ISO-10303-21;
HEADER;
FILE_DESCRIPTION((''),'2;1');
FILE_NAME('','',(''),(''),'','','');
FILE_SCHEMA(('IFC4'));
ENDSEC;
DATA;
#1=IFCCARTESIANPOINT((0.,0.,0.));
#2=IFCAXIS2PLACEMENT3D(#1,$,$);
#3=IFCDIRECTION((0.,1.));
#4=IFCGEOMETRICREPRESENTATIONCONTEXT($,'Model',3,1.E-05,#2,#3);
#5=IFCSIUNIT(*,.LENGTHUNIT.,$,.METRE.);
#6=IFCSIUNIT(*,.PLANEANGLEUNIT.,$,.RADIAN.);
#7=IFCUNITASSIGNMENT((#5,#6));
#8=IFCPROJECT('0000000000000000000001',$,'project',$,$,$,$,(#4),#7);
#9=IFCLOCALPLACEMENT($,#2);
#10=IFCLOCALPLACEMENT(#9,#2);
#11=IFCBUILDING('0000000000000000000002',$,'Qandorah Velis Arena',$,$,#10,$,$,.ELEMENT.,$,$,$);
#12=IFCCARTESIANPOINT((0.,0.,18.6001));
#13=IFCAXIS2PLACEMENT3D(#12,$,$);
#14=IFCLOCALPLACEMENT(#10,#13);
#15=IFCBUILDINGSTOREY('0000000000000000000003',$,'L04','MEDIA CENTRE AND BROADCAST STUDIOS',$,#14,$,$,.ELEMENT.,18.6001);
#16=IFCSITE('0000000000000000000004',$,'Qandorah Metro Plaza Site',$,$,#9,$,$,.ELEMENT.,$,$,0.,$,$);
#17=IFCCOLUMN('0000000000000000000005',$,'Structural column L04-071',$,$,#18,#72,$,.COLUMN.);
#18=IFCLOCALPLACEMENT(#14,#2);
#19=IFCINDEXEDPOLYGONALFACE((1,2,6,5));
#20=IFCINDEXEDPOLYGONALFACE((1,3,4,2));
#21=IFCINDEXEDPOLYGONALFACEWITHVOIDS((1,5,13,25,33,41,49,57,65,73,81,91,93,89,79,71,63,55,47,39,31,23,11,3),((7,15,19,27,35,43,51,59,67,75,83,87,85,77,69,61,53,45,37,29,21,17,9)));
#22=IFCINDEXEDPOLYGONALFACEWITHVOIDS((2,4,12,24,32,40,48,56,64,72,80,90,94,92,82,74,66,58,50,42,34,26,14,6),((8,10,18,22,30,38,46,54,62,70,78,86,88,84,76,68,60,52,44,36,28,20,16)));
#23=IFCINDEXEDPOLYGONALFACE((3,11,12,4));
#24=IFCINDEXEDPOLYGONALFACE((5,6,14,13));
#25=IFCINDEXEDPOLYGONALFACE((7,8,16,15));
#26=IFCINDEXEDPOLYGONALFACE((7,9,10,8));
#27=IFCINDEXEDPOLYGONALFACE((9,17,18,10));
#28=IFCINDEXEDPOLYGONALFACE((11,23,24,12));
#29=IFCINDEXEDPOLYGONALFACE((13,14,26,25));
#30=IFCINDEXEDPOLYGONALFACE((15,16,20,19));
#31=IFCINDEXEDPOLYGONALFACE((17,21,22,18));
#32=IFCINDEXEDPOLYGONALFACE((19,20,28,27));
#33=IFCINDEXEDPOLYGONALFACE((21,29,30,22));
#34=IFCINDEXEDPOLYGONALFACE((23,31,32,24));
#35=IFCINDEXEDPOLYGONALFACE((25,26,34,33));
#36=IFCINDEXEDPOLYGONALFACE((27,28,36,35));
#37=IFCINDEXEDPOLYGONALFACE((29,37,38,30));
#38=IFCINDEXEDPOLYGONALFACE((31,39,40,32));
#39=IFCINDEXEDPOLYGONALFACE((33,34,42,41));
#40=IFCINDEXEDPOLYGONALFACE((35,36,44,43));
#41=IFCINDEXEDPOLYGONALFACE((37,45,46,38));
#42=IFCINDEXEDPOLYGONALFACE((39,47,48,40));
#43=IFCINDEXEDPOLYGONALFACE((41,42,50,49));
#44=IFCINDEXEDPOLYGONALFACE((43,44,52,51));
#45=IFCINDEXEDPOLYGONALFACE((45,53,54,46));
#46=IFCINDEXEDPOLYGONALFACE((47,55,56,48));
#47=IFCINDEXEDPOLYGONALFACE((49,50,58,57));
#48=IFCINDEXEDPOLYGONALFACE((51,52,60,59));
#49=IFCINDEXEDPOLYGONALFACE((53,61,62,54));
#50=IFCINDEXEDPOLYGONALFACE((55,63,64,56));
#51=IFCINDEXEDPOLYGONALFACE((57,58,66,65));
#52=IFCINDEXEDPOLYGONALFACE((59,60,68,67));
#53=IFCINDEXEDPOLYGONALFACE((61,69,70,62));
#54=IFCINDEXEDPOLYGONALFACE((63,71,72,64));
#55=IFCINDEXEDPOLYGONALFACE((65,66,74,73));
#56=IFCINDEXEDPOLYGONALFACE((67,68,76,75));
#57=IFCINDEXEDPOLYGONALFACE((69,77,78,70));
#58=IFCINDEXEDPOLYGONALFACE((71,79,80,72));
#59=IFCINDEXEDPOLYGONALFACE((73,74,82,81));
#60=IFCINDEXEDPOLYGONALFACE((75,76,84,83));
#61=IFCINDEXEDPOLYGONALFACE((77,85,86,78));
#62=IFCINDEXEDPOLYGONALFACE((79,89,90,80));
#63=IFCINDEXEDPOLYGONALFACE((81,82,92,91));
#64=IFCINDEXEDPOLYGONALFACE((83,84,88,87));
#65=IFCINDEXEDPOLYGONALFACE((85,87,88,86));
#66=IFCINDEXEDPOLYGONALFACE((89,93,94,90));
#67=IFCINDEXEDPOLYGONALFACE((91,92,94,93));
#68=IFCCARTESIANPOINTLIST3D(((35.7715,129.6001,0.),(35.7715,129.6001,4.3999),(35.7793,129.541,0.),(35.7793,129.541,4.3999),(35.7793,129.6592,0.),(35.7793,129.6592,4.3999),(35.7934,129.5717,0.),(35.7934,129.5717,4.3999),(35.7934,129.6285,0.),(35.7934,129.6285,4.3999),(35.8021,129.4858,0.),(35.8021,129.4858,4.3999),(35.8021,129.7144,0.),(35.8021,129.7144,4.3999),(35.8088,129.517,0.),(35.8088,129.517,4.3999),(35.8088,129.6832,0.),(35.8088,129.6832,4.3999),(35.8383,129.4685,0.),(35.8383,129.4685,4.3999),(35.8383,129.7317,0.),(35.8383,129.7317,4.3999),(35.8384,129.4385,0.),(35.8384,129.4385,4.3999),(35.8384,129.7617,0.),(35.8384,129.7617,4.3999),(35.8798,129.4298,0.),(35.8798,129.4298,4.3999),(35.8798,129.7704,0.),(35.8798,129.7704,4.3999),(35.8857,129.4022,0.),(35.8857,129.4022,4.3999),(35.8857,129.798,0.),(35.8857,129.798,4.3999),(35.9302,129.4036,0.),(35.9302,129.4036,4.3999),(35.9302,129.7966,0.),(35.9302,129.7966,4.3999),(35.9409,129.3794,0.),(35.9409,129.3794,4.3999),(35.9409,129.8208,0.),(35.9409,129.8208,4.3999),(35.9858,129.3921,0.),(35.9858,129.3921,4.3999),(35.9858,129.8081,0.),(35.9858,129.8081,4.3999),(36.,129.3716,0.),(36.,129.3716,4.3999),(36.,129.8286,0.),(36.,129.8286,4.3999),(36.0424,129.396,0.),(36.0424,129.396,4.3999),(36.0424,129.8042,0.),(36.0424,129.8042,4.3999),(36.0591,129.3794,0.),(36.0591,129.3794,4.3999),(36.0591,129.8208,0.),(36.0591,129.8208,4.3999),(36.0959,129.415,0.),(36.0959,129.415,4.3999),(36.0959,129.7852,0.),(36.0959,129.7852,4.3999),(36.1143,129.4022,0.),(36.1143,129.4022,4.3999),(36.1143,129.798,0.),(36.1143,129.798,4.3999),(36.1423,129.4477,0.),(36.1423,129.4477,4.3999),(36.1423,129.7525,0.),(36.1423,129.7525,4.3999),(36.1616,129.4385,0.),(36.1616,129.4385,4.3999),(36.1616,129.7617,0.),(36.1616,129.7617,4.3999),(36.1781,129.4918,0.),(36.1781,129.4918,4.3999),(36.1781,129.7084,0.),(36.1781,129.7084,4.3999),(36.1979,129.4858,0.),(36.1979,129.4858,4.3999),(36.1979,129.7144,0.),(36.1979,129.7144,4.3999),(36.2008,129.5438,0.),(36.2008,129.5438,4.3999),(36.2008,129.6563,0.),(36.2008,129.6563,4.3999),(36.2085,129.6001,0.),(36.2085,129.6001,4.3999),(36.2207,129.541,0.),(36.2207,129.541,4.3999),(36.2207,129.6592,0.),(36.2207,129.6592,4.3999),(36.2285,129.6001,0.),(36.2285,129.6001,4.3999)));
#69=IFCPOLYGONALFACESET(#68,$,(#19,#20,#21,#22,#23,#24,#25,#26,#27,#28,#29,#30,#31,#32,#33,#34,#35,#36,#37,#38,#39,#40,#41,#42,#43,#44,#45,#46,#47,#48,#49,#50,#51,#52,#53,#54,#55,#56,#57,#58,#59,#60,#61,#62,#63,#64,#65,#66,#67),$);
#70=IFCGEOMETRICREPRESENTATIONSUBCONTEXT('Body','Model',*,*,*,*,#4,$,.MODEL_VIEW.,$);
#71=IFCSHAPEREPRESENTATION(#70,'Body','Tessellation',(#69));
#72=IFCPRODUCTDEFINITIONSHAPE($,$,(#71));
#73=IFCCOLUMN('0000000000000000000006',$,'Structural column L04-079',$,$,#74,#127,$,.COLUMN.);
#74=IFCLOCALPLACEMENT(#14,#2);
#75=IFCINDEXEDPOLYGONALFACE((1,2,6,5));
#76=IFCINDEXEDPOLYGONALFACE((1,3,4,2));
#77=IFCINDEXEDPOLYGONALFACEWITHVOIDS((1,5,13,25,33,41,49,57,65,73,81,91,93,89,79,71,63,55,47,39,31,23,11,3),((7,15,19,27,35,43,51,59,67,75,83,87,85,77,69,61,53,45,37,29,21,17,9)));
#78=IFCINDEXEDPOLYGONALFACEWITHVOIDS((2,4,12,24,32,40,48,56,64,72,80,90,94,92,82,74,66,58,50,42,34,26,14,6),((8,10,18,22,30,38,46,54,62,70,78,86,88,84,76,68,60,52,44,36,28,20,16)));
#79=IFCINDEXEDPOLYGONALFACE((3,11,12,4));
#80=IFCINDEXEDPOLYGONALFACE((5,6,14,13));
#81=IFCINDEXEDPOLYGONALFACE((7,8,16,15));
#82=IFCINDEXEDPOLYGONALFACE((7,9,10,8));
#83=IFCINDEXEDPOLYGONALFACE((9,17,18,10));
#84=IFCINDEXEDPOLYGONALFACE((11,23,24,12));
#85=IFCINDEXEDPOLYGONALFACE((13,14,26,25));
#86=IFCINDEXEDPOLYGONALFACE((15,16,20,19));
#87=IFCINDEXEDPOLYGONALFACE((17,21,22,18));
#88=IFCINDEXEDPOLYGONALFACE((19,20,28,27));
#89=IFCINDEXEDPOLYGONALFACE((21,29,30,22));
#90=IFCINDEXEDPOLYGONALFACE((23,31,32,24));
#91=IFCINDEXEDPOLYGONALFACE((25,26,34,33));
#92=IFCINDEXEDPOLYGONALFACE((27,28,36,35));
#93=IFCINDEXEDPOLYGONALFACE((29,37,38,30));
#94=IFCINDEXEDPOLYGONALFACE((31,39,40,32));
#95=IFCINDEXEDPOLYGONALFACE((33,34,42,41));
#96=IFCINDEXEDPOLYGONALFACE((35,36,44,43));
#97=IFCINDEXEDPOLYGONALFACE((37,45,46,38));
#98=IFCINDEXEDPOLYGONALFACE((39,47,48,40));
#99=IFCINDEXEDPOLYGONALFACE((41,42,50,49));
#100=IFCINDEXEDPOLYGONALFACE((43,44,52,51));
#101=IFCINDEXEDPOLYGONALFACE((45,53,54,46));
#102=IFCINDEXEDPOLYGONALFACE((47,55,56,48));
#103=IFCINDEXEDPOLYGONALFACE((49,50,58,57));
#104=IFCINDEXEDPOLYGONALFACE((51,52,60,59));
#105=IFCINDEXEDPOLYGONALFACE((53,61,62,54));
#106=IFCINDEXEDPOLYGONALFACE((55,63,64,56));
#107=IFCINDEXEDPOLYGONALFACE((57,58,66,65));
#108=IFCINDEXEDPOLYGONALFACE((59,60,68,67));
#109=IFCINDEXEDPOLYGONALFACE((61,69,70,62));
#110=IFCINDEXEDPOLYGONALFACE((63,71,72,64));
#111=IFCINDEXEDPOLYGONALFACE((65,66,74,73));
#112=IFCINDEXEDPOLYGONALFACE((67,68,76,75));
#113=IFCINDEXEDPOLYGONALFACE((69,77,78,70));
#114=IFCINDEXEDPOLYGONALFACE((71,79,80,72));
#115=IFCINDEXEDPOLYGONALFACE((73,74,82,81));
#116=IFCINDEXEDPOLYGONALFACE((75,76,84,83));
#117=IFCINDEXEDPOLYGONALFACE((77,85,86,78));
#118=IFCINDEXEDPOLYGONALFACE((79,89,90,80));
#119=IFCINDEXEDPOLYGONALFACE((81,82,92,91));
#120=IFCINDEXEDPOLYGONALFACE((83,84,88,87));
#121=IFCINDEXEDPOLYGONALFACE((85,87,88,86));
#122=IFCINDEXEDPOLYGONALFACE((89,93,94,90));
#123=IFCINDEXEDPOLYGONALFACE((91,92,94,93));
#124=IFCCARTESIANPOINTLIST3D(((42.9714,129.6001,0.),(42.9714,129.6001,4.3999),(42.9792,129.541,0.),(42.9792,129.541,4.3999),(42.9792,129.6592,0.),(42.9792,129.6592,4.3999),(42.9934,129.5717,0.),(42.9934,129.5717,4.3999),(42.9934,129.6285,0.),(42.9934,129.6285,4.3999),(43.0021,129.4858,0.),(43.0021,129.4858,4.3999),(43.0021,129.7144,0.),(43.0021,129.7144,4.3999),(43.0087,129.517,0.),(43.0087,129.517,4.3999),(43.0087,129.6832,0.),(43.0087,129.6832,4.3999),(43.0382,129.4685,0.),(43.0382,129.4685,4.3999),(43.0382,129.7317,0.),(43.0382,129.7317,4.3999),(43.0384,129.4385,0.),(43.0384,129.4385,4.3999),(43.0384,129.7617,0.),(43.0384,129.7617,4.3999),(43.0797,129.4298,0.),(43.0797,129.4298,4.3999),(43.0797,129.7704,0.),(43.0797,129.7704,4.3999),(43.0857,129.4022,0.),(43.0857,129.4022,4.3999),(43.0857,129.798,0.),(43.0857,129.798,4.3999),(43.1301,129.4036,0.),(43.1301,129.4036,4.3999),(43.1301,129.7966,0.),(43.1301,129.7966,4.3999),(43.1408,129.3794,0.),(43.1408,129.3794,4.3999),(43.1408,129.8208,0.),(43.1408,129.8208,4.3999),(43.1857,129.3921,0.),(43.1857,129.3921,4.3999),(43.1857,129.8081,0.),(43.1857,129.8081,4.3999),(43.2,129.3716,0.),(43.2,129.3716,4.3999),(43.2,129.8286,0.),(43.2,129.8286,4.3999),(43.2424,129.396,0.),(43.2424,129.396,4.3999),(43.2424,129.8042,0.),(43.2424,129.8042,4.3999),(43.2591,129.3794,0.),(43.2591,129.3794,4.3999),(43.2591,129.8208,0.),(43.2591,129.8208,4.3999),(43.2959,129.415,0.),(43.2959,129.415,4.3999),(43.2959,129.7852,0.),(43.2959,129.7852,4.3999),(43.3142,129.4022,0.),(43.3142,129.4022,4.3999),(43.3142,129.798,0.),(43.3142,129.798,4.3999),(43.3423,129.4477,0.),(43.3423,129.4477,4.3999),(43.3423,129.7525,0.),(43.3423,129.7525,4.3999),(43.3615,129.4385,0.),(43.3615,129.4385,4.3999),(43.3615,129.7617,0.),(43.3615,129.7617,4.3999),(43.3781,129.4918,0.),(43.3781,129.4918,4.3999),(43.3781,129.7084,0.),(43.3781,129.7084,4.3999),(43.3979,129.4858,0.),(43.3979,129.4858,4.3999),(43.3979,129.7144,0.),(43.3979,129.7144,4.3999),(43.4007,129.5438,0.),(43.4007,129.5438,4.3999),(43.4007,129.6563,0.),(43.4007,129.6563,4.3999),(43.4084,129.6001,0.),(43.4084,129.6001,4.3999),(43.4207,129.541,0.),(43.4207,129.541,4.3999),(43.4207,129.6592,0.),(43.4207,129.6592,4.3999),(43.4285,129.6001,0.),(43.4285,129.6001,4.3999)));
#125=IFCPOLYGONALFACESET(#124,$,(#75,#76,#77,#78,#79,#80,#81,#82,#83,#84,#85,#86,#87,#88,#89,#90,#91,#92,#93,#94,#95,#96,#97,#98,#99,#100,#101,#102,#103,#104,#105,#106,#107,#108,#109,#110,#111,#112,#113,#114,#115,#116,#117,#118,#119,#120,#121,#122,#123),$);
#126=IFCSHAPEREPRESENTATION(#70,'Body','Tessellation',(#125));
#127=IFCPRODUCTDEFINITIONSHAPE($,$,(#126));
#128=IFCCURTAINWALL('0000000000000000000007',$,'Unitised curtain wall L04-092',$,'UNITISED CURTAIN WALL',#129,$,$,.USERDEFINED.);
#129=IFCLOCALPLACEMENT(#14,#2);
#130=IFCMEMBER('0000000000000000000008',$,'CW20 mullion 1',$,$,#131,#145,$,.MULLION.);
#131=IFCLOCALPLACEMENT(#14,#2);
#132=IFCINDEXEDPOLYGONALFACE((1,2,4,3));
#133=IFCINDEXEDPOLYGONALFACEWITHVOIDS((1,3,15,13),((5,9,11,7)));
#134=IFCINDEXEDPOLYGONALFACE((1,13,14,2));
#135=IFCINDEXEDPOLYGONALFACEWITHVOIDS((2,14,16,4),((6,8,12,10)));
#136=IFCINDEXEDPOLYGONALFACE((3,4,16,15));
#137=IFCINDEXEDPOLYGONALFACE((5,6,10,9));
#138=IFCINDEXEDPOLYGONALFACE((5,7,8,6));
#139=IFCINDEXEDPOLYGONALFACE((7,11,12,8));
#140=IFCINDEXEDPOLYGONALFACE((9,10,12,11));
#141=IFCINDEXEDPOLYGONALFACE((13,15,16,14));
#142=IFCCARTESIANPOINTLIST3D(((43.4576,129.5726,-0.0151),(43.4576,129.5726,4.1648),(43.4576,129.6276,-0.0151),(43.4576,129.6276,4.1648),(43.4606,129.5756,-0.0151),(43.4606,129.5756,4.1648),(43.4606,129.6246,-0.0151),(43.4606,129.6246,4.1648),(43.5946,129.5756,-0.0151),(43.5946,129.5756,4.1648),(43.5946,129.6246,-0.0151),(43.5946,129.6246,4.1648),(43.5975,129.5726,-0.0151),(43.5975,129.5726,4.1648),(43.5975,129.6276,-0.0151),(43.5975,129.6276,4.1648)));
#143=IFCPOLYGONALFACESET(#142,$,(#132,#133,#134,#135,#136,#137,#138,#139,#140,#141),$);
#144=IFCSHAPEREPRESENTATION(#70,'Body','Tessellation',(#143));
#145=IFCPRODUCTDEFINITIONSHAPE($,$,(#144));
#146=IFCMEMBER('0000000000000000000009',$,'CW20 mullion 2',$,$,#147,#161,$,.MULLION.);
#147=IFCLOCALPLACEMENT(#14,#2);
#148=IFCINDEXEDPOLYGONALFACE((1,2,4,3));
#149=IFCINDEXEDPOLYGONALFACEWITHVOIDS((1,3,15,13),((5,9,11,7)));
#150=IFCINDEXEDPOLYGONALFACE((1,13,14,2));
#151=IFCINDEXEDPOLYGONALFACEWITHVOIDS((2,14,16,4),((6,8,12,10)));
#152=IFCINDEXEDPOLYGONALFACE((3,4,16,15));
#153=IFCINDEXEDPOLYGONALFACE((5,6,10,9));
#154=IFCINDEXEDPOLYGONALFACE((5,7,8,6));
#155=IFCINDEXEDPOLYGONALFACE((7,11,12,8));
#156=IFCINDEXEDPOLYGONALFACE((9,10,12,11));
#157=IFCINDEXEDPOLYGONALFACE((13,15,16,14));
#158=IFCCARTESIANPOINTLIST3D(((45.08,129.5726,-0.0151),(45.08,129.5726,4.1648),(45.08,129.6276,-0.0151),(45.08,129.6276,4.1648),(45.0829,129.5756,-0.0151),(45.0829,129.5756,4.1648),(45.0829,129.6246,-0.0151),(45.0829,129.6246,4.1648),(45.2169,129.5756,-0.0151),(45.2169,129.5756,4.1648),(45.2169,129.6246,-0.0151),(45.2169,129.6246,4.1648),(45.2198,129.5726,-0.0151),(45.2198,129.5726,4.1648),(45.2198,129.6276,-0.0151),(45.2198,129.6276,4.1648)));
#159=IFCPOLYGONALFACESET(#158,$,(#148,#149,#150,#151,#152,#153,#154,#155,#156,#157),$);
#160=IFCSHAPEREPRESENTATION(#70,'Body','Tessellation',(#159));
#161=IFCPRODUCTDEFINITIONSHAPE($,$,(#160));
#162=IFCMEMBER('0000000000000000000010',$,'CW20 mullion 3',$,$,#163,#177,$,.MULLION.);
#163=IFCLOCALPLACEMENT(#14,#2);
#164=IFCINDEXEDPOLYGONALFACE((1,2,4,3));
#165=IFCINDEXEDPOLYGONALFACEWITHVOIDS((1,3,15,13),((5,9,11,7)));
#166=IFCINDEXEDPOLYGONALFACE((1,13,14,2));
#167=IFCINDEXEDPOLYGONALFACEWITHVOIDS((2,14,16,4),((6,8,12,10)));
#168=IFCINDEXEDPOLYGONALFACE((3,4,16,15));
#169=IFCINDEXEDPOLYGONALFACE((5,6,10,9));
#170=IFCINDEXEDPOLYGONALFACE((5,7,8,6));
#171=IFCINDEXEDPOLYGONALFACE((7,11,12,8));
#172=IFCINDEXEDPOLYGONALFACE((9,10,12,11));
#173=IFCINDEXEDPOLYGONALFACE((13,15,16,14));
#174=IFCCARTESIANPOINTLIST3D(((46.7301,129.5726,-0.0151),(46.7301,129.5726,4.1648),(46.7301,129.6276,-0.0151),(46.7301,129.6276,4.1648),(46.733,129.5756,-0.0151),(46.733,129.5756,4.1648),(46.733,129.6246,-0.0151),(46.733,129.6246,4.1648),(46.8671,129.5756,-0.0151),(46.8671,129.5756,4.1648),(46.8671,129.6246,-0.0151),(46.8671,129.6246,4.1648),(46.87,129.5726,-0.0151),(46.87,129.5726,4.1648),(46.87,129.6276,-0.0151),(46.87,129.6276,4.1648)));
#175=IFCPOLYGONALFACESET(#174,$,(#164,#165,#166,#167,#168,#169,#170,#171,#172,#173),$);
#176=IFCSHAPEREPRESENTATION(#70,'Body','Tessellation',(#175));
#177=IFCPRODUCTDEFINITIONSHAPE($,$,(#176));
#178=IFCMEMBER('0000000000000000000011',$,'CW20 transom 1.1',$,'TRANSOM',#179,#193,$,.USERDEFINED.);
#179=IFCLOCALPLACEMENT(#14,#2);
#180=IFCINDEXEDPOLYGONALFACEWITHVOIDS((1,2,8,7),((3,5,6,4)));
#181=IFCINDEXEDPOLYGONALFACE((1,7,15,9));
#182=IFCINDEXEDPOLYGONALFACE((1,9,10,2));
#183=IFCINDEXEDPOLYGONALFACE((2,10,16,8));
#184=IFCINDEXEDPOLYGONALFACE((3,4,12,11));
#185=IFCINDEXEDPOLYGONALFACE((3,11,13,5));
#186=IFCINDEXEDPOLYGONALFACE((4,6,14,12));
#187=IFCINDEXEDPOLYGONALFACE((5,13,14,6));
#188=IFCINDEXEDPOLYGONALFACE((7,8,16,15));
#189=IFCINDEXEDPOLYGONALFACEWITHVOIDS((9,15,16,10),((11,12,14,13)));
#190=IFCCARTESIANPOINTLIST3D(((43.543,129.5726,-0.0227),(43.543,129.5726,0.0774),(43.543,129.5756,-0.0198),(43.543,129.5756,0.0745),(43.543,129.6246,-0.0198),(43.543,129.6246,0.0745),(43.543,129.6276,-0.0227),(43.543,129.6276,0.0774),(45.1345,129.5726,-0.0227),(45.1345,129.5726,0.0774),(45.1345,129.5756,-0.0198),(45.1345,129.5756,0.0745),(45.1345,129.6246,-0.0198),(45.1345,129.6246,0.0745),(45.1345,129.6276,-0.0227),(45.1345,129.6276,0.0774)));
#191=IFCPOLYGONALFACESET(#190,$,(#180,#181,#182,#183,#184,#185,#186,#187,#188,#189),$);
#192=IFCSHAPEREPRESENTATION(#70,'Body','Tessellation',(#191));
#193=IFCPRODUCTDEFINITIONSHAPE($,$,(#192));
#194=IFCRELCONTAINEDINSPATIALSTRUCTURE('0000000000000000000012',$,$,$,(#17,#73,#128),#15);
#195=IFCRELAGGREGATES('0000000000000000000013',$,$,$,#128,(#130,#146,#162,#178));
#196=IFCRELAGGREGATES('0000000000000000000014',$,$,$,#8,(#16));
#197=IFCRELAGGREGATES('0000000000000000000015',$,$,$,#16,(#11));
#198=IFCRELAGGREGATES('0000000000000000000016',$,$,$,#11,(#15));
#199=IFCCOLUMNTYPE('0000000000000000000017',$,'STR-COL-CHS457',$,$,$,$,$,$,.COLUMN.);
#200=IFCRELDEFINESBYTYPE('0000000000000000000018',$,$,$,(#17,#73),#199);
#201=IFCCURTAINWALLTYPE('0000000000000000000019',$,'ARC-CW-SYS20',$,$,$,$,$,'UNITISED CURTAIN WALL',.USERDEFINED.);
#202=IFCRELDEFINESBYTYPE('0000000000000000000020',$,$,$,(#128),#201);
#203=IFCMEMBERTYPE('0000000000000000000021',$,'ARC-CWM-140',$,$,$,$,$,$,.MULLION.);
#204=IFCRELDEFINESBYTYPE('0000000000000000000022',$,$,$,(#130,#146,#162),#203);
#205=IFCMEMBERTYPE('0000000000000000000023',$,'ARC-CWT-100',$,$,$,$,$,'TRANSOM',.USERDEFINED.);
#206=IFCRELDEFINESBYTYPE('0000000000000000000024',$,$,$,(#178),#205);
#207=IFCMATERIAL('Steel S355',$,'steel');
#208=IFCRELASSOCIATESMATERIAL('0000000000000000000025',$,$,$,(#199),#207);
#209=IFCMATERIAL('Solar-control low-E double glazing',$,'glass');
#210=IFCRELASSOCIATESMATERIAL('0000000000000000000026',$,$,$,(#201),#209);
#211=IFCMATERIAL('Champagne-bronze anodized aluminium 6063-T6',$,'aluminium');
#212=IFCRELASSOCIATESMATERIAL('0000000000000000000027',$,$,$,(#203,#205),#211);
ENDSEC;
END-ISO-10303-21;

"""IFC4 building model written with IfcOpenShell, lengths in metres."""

from ifc_helpers import new_model, si_unit, direction, frame, origin, origin_2d, place, context, subcontext, project, spatial, hollow_rectangle, hollow_circle, extrude, material, material_profile, profile_set, type_object, element, aggregate, save


model = new_model("IFC4")

# Units and contexts
model_context = context("Model", 3, precision=1e-05, world=origin(), true_north=direction((0.0, 1.0)))
body_context = subcontext(model_context, "Body", "Model", "MODEL_VIEW")
ifc_project = project(units=[si_unit("LENGTHUNIT", "METRE"), si_unit("PLANEANGLEUNIT", "RADIAN")], contexts=[model_context])

# Site, building, storey
site_placement = place(None, origin())
site = spatial("IfcSite", under=ifc_project, at=site_placement, Name="Qandorah Metro Plaza Site", CompositionType="ELEMENT", RefElevation=0.0)
building_placement = place(site_placement, origin())
building = spatial("IfcBuilding", under=site, at=building_placement, Name="Qandorah Velis Arena", CompositionType="ELEMENT")
storey_placement = place(building_placement, frame((0.0, 0.0, 18.6001)))
storey = spatial("IfcBuildingStorey", under=building, at=storey_placement, Name="L04", Description="MEDIA CENTRE AND BROADCAST STUDIOS", CompositionType="ELEMENT", Elevation=18.6001)

# Columns
ifc_material_1 = material(Name="Steel S355", Category="steel")
ifc_material_profile_1 = material_profile(ifc_material_1, hollow_circle(Radius=0.2285, WallThickness=0.02, at=origin_2d()), Name="CHS 457x20")
ifc_profile_set_1 = profile_set([ifc_material_profile_1], Name="Steel S355")
column_type = type_object("IfcColumnType", Name="STR-COL-CHS457", PredefinedType="COLUMN", material=ifc_profile_set_1)
for number, where, z_axis, x_axis, name in (
    (1, (36.0, 129.6001, 0.0), (0.0, 0.0, 1.0), (1.0, 0.0, 0.0), "Structural column L04-071"),
    (2, (43.2, 129.6001, 0.0), (0.0, 0.0, 1.0), (1.0, 0.0, 0.0), "Structural column L04-079"),
):
    element("IfcColumn", number, at=place(storey_placement, frame(where, z_axis=z_axis, x_axis=x_axis)), inside=storey, type_object=column_type, Name=name, PredefinedType="COLUMN", context=body_context, shape_type="SweptSolid", body=[
        extrude(hollow_circle(Radius=0.2285, WallThickness=0.02, at=origin_2d()), origin(), (0.0, 0.0, 1.0), 4.3999),
    ])

# Curtain wall, members
ifc_material_2 = material(Name="Solar-control low-E double glazing", Category="glass")
curtain_wall_type = type_object("IfcCurtainWallType", Name="ARC-CW-SYS20", ElementType="UNITISED CURTAIN WALL", PredefinedType="USERDEFINED", material=ifc_material_2)
curtain_wall_placement = place(storey_placement, origin())
curtain_wall = element("IfcCurtainWall", 3, at=curtain_wall_placement, inside=storey, type_object=curtain_wall_type, Name="Unitised curtain wall L04-092", ObjectType="UNITISED CURTAIN WALL", PredefinedType="USERDEFINED")
ifc_material_3 = material(Name="Champagne-bronze anodized aluminium 6063-T6", Category="aluminium")
ifc_material_profile_2 = material_profile(ifc_material_3, hollow_rectangle(XDim=0.0549, YDim=0.1399, WallThickness=0.0029, at=origin_2d()), Name="ALU MULLION 55x140")
ifc_profile_set_2 = profile_set([ifc_material_profile_2], Name="Champagne-bronze anodized aluminium 6063-T6")
member_type_1 = type_object("IfcMemberType", Name="ARC-CWM-140", PredefinedType="MULLION", material=ifc_profile_set_2)
member_1_placement = place(storey_placement, frame((43.5276, 129.6001, -0.0151), z_axis=(0.0, 0.0, 1.0), x_axis=(0.0, 1.0, 0.0)))
member_1 = element("IfcMember", 4, at=member_1_placement, type_object=member_type_1, Name="CW20 mullion 1", PredefinedType="MULLION", context=body_context, shape_type="SweptSolid", body=[
    extrude(hollow_rectangle(XDim=0.0549, YDim=0.1399, WallThickness=0.0029, at=origin_2d()), origin(), (0.0, 0.0, 1.0), 4.1799),
])
member_2_placement = place(storey_placement, frame((45.1499, 129.6001, -0.0151), z_axis=(0.0, 0.0, 1.0), x_axis=(0.0, 1.0, 0.0)))
member_2 = element("IfcMember", 5, at=member_2_placement, type_object=member_type_1, Name="CW20 mullion 2", PredefinedType="MULLION", context=body_context, shape_type="SweptSolid", body=[
    extrude(hollow_rectangle(XDim=0.0549, YDim=0.1399, WallThickness=0.0029, at=origin_2d()), origin(), (0.0, 0.0, 1.0), 4.1799),
])
member_3_placement = place(storey_placement, frame((46.8, 129.6001, -0.0151), z_axis=(0.0, 0.0, 1.0), x_axis=(0.0, 1.0, 0.0)))
member_3 = element("IfcMember", 6, at=member_3_placement, type_object=member_type_1, Name="CW20 mullion 3", PredefinedType="MULLION", context=body_context, shape_type="SweptSolid", body=[
    extrude(hollow_rectangle(XDim=0.0549, YDim=0.1399, WallThickness=0.0029, at=origin_2d()), origin(), (0.0, 0.0, 1.0), 4.1799),
])
ifc_material_profile_3 = material_profile(ifc_material_3, hollow_rectangle(XDim=0.0549, YDim=0.1001, WallThickness=0.0029, at=origin_2d()), Name="ALU TRANSOM 55x100")
ifc_profile_set_3 = profile_set([ifc_material_profile_3], Name="Champagne-bronze anodized aluminium 6063-T6")
member_type_2 = type_object("IfcMemberType", Name="ARC-CWT-100", ElementType="TRANSOM", PredefinedType="USERDEFINED", material=ifc_profile_set_3)
member_4_placement = place(storey_placement, frame((43.543, 129.6001, 0.0273), z_axis=(1.0, 0.0, 0.0), x_axis=(0.0, 1.0, 0.0)))
member_4 = element("IfcMember", 7, at=member_4_placement, type_object=member_type_2, Name="CW20 transom 1.1", ObjectType="TRANSOM", PredefinedType="USERDEFINED", context=body_context, shape_type="SweptSolid", body=[
    extrude(hollow_rectangle(XDim=0.0549, YDim=0.1001, WallThickness=0.0029, at=origin_2d()), origin(), (0.0, 0.0, 1.0), 1.5916),
])

aggregate(curtain_wall, [member_1, member_2, member_3, member_4])

save(model, "model.ifc")
